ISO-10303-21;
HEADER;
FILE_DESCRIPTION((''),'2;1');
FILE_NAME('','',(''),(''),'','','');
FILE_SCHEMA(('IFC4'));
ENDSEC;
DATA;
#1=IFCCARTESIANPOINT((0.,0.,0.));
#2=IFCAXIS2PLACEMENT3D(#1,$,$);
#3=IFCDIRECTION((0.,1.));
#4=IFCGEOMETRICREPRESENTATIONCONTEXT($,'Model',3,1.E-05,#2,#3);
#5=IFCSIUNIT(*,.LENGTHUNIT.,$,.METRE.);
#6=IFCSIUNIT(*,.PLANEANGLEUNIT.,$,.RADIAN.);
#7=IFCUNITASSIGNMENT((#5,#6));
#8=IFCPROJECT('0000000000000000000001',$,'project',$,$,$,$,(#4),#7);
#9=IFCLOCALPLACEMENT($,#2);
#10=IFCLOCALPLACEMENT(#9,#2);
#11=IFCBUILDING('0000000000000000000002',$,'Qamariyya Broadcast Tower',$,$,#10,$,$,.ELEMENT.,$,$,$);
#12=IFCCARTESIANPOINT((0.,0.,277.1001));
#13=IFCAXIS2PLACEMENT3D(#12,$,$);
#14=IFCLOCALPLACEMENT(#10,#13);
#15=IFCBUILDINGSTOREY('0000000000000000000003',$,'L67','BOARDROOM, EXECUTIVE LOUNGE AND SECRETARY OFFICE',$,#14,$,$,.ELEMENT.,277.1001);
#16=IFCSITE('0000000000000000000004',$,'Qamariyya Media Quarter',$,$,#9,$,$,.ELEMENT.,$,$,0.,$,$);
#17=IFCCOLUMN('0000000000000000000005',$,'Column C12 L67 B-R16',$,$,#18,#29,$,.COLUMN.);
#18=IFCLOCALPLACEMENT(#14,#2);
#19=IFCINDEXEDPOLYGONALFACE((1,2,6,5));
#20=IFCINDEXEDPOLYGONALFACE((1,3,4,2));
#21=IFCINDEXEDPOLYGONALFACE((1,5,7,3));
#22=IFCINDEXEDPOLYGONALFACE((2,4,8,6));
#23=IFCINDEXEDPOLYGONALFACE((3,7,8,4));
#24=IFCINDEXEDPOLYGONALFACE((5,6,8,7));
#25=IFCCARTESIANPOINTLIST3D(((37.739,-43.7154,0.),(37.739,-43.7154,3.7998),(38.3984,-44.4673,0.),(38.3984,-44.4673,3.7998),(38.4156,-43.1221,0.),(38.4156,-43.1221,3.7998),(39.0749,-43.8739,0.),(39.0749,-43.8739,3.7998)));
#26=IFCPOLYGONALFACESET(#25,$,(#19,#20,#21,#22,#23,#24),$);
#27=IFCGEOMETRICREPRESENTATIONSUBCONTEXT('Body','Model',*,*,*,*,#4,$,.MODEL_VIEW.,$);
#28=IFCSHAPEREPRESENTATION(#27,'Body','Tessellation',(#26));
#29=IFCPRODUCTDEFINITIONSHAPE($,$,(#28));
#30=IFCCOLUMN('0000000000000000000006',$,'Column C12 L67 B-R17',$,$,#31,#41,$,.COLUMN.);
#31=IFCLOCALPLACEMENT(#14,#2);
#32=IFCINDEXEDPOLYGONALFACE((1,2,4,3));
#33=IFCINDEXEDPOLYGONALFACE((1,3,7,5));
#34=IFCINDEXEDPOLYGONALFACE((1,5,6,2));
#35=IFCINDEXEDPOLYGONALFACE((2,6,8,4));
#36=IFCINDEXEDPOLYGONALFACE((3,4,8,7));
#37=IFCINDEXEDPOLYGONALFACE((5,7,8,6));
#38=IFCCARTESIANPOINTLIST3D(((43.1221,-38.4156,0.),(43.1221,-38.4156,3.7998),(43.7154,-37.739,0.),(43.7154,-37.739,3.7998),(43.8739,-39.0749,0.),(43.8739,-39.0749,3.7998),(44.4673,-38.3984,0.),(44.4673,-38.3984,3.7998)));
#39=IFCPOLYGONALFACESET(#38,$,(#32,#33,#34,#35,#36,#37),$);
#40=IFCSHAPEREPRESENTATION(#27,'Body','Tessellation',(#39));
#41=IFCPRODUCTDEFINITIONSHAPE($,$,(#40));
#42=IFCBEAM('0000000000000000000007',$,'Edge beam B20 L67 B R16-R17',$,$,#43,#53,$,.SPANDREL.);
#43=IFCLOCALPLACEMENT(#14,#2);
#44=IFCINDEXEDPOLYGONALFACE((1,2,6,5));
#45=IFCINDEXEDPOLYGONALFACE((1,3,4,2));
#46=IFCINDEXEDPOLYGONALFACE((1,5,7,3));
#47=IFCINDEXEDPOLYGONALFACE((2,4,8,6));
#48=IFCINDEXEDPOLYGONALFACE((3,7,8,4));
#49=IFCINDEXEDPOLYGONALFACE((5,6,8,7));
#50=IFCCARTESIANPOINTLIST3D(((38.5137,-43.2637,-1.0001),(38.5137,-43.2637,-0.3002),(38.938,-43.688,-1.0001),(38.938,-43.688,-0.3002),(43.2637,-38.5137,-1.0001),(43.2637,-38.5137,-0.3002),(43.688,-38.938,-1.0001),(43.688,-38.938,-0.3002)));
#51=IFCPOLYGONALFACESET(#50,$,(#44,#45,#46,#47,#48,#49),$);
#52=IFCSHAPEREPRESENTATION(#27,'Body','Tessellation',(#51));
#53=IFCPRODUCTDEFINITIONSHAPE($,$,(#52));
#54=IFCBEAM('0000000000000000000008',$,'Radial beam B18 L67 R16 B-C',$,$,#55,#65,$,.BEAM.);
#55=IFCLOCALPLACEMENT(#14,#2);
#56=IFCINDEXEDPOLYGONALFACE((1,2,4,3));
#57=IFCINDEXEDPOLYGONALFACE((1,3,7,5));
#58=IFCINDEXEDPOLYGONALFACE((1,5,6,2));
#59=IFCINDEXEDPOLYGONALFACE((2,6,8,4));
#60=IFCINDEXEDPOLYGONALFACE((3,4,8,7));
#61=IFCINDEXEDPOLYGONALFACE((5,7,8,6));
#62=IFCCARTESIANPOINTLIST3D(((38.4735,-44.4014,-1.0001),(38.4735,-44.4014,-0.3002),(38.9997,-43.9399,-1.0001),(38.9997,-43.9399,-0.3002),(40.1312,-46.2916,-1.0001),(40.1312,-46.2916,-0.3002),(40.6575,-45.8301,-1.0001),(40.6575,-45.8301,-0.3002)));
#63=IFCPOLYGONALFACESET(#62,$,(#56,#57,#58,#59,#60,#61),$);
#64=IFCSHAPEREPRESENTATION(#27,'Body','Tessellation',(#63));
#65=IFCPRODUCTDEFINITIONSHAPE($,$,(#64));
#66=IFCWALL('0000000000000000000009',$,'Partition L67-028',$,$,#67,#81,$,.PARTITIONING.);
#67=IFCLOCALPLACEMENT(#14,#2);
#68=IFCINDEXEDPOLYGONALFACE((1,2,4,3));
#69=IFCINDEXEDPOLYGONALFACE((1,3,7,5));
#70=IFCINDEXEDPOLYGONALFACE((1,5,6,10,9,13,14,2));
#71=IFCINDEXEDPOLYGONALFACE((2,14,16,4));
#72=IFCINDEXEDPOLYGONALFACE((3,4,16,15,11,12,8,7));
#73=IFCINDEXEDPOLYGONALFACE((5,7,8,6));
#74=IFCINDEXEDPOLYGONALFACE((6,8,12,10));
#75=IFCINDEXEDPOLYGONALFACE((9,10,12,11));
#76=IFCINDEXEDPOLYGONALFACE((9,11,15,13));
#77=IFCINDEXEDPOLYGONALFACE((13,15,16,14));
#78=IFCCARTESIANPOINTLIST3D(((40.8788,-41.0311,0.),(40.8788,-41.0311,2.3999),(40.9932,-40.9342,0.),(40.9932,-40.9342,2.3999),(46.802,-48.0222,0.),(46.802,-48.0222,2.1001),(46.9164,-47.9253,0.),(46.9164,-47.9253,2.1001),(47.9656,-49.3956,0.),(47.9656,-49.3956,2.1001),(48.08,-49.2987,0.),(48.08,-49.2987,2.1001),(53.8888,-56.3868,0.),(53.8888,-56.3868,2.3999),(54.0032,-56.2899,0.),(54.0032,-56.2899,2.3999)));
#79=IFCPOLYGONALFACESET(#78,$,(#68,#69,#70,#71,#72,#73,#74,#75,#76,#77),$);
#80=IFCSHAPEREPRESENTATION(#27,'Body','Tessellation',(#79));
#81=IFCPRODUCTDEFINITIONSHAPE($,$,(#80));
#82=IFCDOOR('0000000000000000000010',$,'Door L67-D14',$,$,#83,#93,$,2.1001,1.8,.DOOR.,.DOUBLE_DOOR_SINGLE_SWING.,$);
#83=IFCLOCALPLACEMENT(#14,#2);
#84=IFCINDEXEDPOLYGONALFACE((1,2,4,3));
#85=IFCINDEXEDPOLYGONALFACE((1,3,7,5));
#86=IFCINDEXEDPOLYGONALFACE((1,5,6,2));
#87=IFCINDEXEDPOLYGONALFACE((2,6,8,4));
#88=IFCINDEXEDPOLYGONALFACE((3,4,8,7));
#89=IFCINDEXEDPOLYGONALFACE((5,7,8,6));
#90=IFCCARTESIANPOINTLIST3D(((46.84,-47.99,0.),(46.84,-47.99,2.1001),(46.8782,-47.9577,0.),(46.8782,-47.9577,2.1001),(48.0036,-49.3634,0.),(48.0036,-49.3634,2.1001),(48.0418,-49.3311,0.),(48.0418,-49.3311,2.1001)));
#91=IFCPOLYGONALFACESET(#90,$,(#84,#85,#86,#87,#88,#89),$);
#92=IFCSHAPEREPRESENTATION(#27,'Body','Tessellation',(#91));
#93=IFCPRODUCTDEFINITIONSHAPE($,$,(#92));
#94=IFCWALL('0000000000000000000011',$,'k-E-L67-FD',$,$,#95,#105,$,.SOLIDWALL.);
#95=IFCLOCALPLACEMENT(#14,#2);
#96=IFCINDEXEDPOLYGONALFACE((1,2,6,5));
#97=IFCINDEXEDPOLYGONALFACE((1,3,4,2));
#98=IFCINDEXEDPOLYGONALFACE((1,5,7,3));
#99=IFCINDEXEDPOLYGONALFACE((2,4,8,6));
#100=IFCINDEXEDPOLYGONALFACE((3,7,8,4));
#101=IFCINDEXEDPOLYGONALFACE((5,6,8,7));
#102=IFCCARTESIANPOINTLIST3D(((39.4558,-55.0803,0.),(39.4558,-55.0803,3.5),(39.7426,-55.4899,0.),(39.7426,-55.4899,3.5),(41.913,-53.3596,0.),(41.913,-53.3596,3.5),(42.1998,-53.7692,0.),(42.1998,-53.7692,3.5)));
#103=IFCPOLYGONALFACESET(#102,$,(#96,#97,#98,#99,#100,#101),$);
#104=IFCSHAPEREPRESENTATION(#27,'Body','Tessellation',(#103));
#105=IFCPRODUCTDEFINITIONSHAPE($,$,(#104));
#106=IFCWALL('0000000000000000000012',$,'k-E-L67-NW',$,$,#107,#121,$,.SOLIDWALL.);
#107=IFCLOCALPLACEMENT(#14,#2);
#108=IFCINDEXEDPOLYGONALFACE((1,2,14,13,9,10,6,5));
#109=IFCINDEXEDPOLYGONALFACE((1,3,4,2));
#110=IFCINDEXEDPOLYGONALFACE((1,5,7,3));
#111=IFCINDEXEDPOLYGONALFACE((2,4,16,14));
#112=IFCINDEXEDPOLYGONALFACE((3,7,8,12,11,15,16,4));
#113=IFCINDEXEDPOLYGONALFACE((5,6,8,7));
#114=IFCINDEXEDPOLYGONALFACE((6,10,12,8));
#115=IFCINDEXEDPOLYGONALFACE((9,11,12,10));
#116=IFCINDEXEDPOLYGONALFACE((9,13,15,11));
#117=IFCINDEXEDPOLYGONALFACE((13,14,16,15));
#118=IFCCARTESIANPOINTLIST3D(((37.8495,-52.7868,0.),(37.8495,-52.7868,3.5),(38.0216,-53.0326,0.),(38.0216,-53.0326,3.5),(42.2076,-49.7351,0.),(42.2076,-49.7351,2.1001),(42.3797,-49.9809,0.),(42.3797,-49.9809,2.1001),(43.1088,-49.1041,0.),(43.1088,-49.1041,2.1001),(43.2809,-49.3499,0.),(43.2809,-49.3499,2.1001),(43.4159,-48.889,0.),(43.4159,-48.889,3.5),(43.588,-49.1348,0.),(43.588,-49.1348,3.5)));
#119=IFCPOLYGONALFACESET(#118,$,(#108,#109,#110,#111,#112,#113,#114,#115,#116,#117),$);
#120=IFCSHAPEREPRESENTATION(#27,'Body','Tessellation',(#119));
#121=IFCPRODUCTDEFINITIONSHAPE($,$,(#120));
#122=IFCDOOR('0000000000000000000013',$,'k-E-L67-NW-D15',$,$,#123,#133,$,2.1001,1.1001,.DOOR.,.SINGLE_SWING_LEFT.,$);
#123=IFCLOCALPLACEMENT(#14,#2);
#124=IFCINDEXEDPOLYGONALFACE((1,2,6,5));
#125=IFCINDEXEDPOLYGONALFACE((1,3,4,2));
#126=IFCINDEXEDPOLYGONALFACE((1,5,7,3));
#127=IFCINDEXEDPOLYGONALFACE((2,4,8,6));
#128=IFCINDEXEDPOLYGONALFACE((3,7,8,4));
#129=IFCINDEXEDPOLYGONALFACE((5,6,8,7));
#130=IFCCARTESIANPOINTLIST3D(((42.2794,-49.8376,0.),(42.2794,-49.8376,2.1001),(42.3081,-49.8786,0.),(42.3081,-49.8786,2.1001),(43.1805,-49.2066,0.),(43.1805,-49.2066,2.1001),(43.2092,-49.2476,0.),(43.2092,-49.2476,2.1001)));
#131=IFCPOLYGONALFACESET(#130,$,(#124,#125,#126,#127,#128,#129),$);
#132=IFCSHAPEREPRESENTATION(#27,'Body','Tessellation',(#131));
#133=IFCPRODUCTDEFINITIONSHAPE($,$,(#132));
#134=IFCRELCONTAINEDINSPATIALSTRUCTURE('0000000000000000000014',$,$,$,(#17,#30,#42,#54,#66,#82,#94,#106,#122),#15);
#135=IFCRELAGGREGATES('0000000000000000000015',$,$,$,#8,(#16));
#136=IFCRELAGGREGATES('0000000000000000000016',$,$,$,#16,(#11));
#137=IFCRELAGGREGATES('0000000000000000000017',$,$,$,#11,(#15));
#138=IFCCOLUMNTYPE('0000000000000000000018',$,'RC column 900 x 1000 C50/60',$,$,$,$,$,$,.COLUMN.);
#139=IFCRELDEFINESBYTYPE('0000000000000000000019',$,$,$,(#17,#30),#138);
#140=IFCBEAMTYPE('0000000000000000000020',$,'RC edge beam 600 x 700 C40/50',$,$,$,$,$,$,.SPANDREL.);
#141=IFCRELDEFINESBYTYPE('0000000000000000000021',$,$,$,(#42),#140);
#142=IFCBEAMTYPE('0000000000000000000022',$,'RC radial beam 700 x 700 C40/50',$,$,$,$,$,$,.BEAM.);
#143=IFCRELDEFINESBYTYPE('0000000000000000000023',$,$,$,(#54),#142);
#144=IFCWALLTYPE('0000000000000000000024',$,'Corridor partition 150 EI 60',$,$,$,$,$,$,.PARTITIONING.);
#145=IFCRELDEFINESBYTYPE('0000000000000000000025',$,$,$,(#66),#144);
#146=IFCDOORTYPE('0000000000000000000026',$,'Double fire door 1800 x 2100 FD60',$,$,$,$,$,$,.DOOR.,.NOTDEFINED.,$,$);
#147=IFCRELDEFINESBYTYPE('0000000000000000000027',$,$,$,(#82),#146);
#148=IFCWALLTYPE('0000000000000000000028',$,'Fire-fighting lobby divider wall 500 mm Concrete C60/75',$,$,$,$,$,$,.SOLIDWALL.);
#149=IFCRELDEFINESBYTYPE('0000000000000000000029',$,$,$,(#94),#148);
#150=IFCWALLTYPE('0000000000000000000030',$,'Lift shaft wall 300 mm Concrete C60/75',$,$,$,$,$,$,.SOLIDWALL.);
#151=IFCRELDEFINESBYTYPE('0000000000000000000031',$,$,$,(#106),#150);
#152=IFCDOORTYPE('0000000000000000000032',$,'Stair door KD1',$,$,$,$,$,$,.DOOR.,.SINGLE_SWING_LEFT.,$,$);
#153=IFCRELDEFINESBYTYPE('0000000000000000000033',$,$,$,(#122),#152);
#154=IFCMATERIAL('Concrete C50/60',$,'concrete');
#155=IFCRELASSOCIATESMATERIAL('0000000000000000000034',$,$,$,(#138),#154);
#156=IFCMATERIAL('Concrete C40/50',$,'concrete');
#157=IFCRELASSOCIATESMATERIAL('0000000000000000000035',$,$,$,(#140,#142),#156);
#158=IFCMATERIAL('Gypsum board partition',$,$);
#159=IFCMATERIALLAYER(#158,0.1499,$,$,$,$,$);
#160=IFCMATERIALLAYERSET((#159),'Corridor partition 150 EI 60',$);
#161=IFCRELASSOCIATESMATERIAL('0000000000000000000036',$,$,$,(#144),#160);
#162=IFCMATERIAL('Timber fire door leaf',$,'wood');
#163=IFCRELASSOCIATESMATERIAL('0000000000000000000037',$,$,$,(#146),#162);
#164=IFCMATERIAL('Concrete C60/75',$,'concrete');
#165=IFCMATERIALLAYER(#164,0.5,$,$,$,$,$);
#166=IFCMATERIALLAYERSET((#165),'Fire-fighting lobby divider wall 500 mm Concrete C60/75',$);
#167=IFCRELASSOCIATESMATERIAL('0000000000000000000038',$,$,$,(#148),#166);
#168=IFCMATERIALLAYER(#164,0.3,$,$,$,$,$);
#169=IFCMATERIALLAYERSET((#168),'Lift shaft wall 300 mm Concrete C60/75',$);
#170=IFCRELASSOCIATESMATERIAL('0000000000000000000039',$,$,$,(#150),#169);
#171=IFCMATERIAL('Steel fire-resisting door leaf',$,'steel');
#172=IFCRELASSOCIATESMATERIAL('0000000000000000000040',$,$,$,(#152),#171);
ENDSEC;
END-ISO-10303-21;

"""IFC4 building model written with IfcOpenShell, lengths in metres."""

from ifc_helpers import new_model, si_unit, direction, frame, frame_2d, origin, origin_2d, place, context, subcontext, project, spatial, rectangle, extrude, material, layer, layer_set, material_profile, profile_set, type_object, element, fill, save


model = new_model("IFC4")

# Units and contexts
model_context = context("Model", 3, precision=1e-05, world=origin(), true_north=direction((0.0, 1.0)))
body_context = subcontext(model_context, "Body", "Model", "MODEL_VIEW")
ifc_project = project(units=[si_unit("LENGTHUNIT", "METRE"), si_unit("PLANEANGLEUNIT", "RADIAN")], contexts=[model_context])

# Site, building, storey
site_placement = place(None, origin())
site = spatial("IfcSite", under=ifc_project, at=site_placement, Name="Qamariyya Media Quarter", CompositionType="ELEMENT", RefElevation=0.0)
building_placement = place(site_placement, origin())
building = spatial("IfcBuilding", under=site, at=building_placement, Name="Qamariyya Broadcast Tower", CompositionType="ELEMENT")
storey_placement = place(building_placement, frame((0.0, 0.0, 277.1001)))
storey = spatial("IfcBuildingStorey", under=building, at=storey_placement, Name="L67", Description="BOARDROOM, EXECUTIVE LOUNGE AND SECRETARY OFFICE", CompositionType="ELEMENT", Elevation=277.1001)

# Columns
ifc_material_1 = material(Name="Concrete C50/60", Category="concrete")
ifc_material_profile_1 = material_profile(ifc_material_1, rectangle(XDim=0.8999, YDim=1.0, at=origin_2d()))
ifc_profile_set_1 = profile_set([ifc_material_profile_1], Name="Concrete C50/60")
column_type = type_object("IfcColumnType", Name="RC column 900 x 1000 C50/60", PredefinedType="COLUMN", material=ifc_profile_set_1)
for number, where, z_axis, x_axis, name in (
    (1, (38.407, -43.7947, 0.0), (0.0, 0.0, 1.0), (0.75184, 0.659346, 0.0), "Column C12 L67 B-R16"),
    (2, (43.7947, -38.407, 0.0), (0.0, 0.0, 1.0), (0.659346, 0.75184, 0.0), "Column C12 L67 B-R17"),
):
    element("IfcColumn", number, at=place(storey_placement, frame(where, z_axis=z_axis, x_axis=x_axis)), inside=storey, type_object=column_type, Name=name, PredefinedType="COLUMN", context=body_context, shape_type="SweptSolid", body=[
        extrude(rectangle(XDim=0.8999, YDim=1.0, at=origin_2d()), origin(), (0.0, 0.0, 1.0), 3.7998),
    ])

# Beams
ifc_material_2 = material(Name="Concrete C40/50", Category="concrete")
ifc_material_profile_2 = material_profile(ifc_material_2, rectangle(XDim=0.6001, YDim=0.7, at=origin_2d()))
ifc_profile_set_2 = profile_set([ifc_material_profile_2], Name="Concrete C40/50")
beam_type_1 = type_object("IfcBeamType", Name="RC edge beam 600 x 700 C40/50", PredefinedType="SPANDREL", material=ifc_profile_set_2)
beam_1_placement = place(storey_placement, frame((38.7258, -43.4758, -0.6501), z_axis=(0.707107, 0.707107, 0.0), x_axis=(-0.707107, 0.707107, 0.0)))
element("IfcBeam", 3, at=beam_1_placement, inside=storey, type_object=beam_type_1, Name="Edge beam B20 L67 B R16-R17", PredefinedType="SPANDREL", context=body_context, shape_type="SweptSolid", body=[
    extrude(rectangle(XDim=0.6001, YDim=0.7, at=origin_2d()), origin(), (0.0, 0.0, 1.0), 6.7175),
])
ifc_material_profile_3 = material_profile(ifc_material_2, rectangle(XDim=0.7, YDim=0.7, at=origin_2d()))
ifc_profile_set_3 = profile_set([ifc_material_profile_3], Name="Concrete C40/50")
beam_type_2 = type_object("IfcBeamType", Name="RC radial beam 700 x 700 C40/50", PredefinedType="BEAM", material=ifc_profile_set_3)
beam_2_placement = place(storey_placement, frame((38.7366, -44.1707, -0.6501), z_axis=(0.65937, -0.751818, 0.0), x_axis=(0.751818, 0.65937, 0.0)))
element("IfcBeam", 4, at=beam_2_placement, inside=storey, type_object=beam_type_2, Name="Radial beam B18 L67 R16 B-C", PredefinedType="BEAM", context=body_context, shape_type="SweptSolid", body=[
    extrude(rectangle(XDim=0.7, YDim=0.7, at=origin_2d()), origin(), (0.0, 0.0, 1.0), 2.5142),
])

# Wall, opening, door
ifc_material_3 = material(Name="Gypsum board partition")
ifc_layer_1 = layer(ifc_material_3, 0.1499)
ifc_layer_set_1 = layer_set([ifc_layer_1], Name="Corridor partition 150 EI 60")
wall_type_1 = type_object("IfcWallType", Name="Corridor partition 150 EI 60", PredefinedType="PARTITIONING", material=ifc_layer_set_1)
wall_1_placement = place(storey_placement, frame((40.936, -40.9827, 0.0), z_axis=(0.0, 0.0, 1.0), x_axis=(0.646426, -0.762977, 0.0)))
wall_1 = element("IfcWall", 5, at=wall_1_placement, inside=storey, type_object=wall_type_1, Name="Partition L67-028", PredefinedType="PARTITIONING", context=body_context, shape_type="SweptSolid", body=[
    extrude(rectangle(XDim=20.126, YDim=0.1499, at=frame_2d((10.063, 0.0))), origin(), (0.0, 0.0, 1.0), 2.3999),
])
opening_1_placement = place(wall_1_placement, frame((9.1631, 0.0, 0.0)))
opening_1 = element("IfcOpeningElement", 6, at=opening_1_placement, cuts=wall_1, PredefinedType="OPENING", context=body_context, shape_type="SweptSolid", body=[
    extrude(rectangle(XDim=1.8, YDim=2.1001, at=frame_2d((0.8999, 1.05))), frame((0.0, 0.085, 0.0), z_axis=(0.0, -1.0, 0.0), x_axis=(1.0, 0.0, 0.0)), (0.0, 0.0, 1.0), 0.1699),
])
ifc_material_4 = material(Name="Timber fire door leaf", Category="wood")
door_type_1 = type_object("IfcDoorType", Name="Double fire door 1800 x 2100 FD60", OperationType="NOTDEFINED", PredefinedType="DOOR", material=ifc_material_4)
door_1_placement = place(opening_1_placement, origin())
door_1 = element("IfcDoor", 7, at=door_1_placement, inside=storey, type_object=door_type_1, Name="Door L67-D14", OperationType="DOUBLE_DOOR_SINGLE_SWING", OverallHeight=2.1001, OverallWidth=1.8, PredefinedType="DOOR", context=body_context, shape_type="SweptSolid", body=[
    extrude(rectangle(XDim=1.8, YDim=2.1001, at=frame_2d((0.8999, 1.05))), frame((0.0, 0.0249, 0.0), z_axis=(0.0, -1.0, 0.0), x_axis=(1.0, 0.0, 0.0)), (0.0, 0.0, 1.0), 0.05),
])
fill(opening_1, door_1)

# Wall
ifc_material_5 = material(Name="Concrete C60/75", Category="concrete")
ifc_layer_2 = layer(ifc_material_5, 0.5)
ifc_layer_set_2 = layer_set([ifc_layer_2], Name="Fire-fighting lobby divider wall 500 mm Concrete C60/75")
wall_type_2 = type_object("IfcWallType", Name="Fire-fighting lobby divider wall 500 mm Concrete C60/75", PredefinedType="SOLIDWALL", material=ifc_layer_set_2)
wall_2_placement = place(storey_placement, frame((39.5991, -55.2852, 0.0), z_axis=(0.0, 0.0, 1.0), x_axis=(0.819136, 0.573599, 0.0)))
element("IfcWall", 8, at=wall_2_placement, inside=storey, type_object=wall_type_2, Name="k-E-L67-FD", PredefinedType="SOLIDWALL", context=body_context, shape_type="SweptSolid", body=[
    extrude(rectangle(XDim=2.9998, YDim=0.5, at=frame_2d((1.5, 0.0))), origin(), (0.0, 0.0, 1.0), 3.5),
])

# Wall, opening, door
ifc_layer_3 = layer(ifc_material_5, 0.3)
ifc_layer_set_3 = layer_set([ifc_layer_3], Name="Lift shaft wall 300 mm Concrete C60/75")
wall_type_3 = type_object("IfcWallType", Name="Lift shaft wall 300 mm Concrete C60/75", PredefinedType="SOLIDWALL", material=ifc_layer_set_3)
wall_3_placement = place(storey_placement, frame((37.9355, -52.9097, 0.0), z_axis=(0.0, 0.0, 1.0), x_axis=(0.819148, 0.573583, 0.0)))
wall_3 = element("IfcWall", 9, at=wall_3_placement, inside=storey, type_object=wall_type_3, Name="k-E-L67-NW", PredefinedType="SOLIDWALL", context=body_context, shape_type="SweptSolid", body=[
    extrude(rectangle(XDim=6.7954, YDim=0.3, at=frame_2d((3.3977, 0.0))), origin(), (0.0, 0.0, 1.0), 3.5),
])
opening_2_placement = place(wall_3_placement, frame((5.3203, 0.0, 0.0)))
opening_2 = element("IfcOpeningElement", 10, at=opening_2_placement, cuts=wall_3, PredefinedType="OPENING", context=body_context, shape_type="SweptSolid", body=[
    extrude(rectangle(XDim=1.1001, YDim=2.1001, at=frame_2d((0.55, 1.05))), frame((0.0, 0.1599, 0.0), z_axis=(0.0, -1.0, 0.0), x_axis=(1.0, 0.0, 0.0)), (0.0, 0.0, 1.0), 0.3201),
])
ifc_material_6 = material(Name="Steel fire-resisting door leaf", Category="steel")
door_type_2 = type_object("IfcDoorType", Name="Stair door KD1", OperationType="SINGLE_SWING_LEFT", PredefinedType="DOOR", material=ifc_material_6)
door_2_placement = place(opening_2_placement, origin())
door_2 = element("IfcDoor", 11, at=door_2_placement, inside=storey, type_object=door_type_2, Name="k-E-L67-NW-D15", OperationType="SINGLE_SWING_LEFT", OverallHeight=2.1001, OverallWidth=1.1001, PredefinedType="DOOR", context=body_context, shape_type="SweptSolid", body=[
    extrude(rectangle(XDim=1.1001, YDim=2.1001, at=frame_2d((0.55, 1.05))), frame((0.0, 0.0249, 0.0), z_axis=(0.0, -1.0, 0.0), x_axis=(1.0, 0.0, 0.0)), (0.0, 0.0, 1.0), 0.05),
])
fill(opening_2, door_2)

save(model, "model.ifc")
